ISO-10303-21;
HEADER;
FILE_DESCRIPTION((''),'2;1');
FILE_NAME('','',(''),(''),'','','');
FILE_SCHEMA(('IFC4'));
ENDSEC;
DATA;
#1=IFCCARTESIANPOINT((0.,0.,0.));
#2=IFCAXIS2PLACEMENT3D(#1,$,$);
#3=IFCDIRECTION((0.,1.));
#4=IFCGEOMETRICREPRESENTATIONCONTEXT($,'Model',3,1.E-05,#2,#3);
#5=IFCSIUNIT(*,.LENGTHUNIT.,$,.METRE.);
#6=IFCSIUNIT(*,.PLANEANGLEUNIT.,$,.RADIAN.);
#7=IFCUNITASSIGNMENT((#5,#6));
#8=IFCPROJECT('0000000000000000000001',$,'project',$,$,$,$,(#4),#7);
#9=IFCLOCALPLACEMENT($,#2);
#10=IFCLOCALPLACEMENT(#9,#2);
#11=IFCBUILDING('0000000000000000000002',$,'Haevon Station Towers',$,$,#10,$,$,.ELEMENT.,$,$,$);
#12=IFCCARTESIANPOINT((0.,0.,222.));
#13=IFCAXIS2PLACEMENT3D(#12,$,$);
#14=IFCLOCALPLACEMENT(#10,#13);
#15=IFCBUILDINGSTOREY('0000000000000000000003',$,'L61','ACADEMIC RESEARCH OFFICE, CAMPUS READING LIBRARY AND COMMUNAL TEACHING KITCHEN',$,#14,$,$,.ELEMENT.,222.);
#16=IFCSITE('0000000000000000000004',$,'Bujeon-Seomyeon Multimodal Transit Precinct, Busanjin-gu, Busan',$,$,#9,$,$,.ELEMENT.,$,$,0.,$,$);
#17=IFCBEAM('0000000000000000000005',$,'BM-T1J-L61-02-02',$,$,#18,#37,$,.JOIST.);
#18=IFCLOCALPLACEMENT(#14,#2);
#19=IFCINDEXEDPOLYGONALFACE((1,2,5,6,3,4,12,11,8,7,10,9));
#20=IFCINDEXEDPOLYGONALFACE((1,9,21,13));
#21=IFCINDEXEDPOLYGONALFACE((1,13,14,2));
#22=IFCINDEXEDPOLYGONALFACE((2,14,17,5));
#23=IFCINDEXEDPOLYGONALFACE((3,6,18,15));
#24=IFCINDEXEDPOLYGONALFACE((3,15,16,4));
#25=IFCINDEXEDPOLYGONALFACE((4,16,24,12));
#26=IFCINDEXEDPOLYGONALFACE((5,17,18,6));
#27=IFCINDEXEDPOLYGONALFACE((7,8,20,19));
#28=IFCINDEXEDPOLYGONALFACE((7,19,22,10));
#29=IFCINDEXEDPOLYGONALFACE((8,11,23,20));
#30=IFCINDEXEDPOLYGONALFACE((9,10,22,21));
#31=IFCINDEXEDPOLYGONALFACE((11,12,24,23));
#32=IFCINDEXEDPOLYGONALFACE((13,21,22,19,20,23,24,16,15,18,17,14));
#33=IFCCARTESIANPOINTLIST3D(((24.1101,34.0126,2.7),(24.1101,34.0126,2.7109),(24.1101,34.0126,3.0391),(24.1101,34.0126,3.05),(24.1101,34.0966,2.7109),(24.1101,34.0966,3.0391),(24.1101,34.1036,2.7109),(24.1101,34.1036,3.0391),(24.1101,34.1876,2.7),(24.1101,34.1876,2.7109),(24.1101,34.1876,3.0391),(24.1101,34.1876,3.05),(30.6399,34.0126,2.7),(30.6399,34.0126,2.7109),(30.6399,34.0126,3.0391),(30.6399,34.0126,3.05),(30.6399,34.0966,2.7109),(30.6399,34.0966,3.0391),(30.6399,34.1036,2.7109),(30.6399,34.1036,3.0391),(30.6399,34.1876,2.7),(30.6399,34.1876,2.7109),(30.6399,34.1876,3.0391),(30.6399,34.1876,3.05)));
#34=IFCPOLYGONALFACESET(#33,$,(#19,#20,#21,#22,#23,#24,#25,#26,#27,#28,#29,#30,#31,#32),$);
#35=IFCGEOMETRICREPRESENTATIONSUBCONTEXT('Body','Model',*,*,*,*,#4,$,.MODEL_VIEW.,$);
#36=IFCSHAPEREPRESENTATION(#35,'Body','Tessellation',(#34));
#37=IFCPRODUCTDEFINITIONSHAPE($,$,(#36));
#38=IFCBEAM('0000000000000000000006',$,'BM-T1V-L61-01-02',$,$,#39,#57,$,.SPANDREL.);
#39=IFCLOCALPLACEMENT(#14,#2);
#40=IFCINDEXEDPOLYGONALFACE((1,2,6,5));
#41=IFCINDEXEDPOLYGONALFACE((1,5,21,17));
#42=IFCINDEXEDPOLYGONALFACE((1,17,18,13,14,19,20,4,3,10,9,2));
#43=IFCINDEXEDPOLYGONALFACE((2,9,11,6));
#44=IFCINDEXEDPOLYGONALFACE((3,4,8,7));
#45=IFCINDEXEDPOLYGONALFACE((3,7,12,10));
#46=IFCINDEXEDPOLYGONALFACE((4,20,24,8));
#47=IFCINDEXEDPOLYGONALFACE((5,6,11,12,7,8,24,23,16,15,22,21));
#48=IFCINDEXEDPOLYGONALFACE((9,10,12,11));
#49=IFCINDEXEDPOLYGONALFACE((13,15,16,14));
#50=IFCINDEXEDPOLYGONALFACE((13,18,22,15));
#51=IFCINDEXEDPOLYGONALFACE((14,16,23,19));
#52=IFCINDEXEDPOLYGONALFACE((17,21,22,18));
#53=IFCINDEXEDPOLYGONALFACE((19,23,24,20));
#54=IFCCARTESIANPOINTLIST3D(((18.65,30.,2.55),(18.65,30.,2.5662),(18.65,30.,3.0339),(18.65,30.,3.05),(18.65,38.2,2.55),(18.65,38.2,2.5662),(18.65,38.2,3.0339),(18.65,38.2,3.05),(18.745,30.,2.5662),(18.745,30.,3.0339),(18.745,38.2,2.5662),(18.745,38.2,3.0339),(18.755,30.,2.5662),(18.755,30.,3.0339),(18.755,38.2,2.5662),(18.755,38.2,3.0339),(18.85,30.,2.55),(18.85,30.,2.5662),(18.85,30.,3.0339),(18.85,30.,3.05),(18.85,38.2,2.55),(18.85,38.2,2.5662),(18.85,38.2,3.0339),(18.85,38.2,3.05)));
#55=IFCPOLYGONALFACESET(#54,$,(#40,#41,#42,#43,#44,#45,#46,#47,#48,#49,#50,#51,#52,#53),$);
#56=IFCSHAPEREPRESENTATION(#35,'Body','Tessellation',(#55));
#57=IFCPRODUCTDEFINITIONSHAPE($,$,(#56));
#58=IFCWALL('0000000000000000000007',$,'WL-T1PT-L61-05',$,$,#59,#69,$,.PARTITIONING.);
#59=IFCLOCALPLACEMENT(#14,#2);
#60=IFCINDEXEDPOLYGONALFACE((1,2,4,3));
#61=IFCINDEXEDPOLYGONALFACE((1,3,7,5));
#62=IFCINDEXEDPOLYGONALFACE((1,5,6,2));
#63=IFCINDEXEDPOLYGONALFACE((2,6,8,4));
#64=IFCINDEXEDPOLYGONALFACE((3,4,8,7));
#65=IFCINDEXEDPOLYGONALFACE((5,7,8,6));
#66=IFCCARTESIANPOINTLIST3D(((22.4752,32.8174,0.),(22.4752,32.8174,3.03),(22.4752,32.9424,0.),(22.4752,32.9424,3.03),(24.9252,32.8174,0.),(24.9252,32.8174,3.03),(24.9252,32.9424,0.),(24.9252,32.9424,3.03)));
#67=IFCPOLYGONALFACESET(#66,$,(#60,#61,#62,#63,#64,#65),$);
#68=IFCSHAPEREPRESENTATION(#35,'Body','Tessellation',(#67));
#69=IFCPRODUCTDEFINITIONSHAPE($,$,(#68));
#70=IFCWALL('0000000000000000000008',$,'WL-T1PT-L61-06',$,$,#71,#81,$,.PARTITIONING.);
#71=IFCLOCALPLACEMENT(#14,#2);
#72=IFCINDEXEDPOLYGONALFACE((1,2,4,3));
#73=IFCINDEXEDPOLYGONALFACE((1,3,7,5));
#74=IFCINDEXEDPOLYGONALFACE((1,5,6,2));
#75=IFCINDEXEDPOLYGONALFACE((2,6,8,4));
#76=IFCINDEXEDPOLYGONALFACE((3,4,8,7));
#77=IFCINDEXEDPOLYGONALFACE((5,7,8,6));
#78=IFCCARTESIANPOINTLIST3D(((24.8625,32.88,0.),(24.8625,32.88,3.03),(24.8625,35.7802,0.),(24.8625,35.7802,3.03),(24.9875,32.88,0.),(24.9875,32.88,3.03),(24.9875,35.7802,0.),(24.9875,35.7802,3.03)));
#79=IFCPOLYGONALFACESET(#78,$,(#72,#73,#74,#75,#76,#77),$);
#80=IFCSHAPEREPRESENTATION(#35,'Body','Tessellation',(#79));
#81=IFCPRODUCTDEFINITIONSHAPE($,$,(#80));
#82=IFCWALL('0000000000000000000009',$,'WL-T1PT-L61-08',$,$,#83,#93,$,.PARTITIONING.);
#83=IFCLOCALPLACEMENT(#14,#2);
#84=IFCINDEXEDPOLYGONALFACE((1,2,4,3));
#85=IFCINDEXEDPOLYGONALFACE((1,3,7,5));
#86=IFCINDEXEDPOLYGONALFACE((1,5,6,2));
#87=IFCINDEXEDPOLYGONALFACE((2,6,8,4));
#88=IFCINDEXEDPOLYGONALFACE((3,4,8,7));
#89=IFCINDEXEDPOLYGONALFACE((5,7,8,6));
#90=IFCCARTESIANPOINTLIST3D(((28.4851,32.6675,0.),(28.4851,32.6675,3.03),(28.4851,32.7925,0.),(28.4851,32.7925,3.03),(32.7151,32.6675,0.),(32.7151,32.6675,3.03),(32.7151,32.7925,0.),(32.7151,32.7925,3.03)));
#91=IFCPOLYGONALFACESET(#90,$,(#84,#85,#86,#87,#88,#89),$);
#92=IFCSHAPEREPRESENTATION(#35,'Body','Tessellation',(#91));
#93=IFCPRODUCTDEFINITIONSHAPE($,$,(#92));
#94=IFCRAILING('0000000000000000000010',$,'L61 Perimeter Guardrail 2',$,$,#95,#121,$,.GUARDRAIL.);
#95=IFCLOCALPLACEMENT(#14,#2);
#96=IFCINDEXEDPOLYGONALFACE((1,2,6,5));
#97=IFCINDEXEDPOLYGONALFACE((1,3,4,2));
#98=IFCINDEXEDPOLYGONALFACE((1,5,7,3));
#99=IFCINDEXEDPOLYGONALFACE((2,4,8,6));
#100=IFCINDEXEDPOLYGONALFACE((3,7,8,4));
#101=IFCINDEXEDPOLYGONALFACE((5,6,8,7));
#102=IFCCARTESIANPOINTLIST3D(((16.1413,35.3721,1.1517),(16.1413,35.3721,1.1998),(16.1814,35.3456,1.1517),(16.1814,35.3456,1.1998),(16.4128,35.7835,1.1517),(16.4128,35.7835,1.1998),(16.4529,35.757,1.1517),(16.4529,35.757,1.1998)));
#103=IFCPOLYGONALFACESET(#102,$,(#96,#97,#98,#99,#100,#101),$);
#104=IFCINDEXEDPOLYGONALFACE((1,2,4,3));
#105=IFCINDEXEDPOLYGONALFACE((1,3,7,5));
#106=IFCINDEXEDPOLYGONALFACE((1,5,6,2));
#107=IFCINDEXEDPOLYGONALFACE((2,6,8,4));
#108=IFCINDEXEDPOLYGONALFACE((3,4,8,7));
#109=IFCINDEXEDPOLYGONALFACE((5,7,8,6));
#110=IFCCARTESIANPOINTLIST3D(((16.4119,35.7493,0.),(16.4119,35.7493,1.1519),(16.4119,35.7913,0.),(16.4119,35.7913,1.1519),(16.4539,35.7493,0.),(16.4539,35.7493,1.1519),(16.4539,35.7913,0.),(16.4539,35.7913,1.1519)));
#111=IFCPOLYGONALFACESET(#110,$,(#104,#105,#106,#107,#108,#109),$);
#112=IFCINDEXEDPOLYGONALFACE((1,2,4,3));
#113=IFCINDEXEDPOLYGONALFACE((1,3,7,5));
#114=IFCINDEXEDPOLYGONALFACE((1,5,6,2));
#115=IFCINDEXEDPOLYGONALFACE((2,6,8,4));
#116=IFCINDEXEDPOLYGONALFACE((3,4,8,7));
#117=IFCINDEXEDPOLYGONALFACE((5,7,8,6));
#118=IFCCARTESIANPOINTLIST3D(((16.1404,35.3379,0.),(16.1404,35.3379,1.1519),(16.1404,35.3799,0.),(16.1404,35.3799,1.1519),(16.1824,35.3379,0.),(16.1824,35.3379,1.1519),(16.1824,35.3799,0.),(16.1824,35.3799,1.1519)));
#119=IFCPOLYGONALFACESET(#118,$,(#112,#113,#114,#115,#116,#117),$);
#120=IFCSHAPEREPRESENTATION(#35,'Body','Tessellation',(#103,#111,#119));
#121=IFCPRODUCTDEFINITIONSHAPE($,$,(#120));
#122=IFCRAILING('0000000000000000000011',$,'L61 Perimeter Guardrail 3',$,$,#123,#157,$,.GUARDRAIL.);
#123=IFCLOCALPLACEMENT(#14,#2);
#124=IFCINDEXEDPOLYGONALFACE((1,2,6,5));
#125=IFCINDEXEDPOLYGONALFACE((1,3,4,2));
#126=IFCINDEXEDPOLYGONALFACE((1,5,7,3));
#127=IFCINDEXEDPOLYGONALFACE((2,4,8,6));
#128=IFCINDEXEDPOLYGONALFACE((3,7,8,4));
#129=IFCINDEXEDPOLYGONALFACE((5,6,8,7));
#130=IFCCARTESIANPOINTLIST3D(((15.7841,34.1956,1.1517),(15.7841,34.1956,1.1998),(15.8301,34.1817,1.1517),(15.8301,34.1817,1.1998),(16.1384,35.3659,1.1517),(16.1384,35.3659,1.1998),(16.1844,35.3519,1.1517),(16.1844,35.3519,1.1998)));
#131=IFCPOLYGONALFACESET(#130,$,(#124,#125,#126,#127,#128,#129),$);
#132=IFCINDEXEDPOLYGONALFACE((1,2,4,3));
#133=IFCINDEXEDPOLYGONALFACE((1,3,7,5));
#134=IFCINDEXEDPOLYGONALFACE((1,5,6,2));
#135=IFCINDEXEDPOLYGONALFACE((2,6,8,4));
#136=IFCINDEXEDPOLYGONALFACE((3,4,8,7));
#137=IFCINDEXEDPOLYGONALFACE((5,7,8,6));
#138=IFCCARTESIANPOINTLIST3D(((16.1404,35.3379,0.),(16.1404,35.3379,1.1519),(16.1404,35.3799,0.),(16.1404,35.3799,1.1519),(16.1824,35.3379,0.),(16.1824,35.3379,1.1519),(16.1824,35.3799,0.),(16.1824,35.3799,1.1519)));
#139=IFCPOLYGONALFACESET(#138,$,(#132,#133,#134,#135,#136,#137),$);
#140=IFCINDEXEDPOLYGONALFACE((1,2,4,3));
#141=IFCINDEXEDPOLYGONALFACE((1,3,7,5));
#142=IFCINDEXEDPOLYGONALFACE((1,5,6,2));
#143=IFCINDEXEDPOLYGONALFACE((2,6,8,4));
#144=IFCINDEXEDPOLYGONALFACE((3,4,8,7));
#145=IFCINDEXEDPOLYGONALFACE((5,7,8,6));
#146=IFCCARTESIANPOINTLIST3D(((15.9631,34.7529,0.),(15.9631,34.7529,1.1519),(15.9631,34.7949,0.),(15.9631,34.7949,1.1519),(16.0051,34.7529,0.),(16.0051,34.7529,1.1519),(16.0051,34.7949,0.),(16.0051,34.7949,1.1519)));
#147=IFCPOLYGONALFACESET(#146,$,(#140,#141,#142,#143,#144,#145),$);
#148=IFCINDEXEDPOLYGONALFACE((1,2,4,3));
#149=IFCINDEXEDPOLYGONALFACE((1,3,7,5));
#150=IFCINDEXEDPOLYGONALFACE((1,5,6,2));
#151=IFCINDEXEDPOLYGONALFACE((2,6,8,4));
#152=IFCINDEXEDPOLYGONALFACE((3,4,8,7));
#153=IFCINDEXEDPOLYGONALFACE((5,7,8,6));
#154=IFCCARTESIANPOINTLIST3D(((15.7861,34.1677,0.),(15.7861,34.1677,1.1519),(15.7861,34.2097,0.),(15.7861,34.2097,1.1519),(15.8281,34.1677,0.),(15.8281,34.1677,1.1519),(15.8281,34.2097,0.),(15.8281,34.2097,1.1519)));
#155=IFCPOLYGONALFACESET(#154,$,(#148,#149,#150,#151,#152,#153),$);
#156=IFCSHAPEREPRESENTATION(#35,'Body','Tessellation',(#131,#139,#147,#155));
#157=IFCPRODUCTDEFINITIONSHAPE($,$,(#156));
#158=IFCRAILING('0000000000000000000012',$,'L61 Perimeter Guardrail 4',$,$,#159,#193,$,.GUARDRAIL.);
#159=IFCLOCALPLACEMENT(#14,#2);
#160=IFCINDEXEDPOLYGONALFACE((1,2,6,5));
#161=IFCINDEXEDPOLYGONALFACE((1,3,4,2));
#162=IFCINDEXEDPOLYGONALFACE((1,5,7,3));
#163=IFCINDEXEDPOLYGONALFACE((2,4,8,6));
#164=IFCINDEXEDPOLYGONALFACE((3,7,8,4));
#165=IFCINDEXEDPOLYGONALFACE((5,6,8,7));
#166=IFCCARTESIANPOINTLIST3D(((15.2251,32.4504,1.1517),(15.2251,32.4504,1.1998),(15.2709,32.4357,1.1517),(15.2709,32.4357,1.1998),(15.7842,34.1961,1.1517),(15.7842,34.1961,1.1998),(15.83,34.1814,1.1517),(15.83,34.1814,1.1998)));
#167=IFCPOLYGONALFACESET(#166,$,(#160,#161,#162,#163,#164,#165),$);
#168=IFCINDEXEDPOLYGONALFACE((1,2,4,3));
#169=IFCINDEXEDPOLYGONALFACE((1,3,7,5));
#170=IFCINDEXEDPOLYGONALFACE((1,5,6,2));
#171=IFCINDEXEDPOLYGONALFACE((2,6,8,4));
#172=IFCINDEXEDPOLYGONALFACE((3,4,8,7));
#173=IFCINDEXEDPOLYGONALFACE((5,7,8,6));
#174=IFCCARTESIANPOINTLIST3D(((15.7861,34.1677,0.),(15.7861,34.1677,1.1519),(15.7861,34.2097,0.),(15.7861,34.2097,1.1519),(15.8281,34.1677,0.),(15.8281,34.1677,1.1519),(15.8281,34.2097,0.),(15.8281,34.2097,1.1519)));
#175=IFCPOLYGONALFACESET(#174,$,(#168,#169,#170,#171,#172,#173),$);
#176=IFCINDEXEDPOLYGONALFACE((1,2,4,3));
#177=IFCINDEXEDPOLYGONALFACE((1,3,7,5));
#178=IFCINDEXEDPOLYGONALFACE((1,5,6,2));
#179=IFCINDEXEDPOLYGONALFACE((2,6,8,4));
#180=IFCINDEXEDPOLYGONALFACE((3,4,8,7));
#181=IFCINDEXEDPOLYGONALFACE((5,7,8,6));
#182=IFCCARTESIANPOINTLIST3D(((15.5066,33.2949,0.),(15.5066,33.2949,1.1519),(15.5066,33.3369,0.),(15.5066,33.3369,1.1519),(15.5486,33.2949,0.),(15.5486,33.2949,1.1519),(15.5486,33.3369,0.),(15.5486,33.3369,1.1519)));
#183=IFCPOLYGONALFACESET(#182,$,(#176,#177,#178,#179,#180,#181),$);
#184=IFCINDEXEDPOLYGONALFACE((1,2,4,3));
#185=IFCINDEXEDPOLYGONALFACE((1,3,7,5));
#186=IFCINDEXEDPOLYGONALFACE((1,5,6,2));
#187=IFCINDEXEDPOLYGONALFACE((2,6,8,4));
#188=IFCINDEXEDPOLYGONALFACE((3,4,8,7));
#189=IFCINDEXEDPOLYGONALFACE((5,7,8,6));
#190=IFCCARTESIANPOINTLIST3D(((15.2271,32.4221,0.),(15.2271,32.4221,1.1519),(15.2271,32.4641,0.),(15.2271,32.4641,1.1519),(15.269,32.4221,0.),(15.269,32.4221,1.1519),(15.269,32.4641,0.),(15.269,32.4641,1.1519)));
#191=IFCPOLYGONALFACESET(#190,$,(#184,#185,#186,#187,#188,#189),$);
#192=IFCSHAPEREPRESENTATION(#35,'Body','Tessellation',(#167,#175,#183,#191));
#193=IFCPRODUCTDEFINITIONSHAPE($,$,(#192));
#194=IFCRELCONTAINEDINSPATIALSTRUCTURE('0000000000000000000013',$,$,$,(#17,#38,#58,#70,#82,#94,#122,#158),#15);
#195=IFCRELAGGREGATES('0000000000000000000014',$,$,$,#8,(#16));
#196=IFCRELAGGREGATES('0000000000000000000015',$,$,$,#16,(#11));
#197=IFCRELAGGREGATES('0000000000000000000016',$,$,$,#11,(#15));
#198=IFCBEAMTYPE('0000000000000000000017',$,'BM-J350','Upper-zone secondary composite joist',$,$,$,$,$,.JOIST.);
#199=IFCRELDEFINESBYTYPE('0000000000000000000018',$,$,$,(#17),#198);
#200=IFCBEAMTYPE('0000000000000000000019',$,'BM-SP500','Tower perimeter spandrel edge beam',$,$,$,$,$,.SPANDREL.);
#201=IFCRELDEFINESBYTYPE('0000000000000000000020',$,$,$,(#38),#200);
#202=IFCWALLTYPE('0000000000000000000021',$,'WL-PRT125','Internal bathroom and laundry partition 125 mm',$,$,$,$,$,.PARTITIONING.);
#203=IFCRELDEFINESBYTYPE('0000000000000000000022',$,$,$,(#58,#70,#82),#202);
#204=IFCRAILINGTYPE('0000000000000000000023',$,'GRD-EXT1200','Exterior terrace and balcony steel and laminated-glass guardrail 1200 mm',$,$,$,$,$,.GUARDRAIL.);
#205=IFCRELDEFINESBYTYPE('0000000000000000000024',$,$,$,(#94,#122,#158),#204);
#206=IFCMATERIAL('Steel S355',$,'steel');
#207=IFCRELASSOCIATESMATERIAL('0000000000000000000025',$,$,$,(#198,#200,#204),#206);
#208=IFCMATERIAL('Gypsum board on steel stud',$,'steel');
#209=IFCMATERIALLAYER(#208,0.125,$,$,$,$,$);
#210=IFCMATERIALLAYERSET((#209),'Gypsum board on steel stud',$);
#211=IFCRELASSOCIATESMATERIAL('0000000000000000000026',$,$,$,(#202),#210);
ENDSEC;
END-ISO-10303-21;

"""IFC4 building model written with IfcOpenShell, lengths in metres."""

from ifc_helpers import new_model, si_unit, direction, frame, frame_2d, origin, origin_2d, place, context, subcontext, project, spatial, rectangle, i_section, extrude, material, layer, layer_set, material_profile, profile_set, type_object, element, save


model = new_model("IFC4")

# Units and contexts
model_context = context("Model", 3, precision=1e-05, world=origin(), true_north=direction((0.0, 1.0)))
body_context = subcontext(model_context, "Body", "Model", "MODEL_VIEW")
ifc_project = project(units=[si_unit("LENGTHUNIT", "METRE"), si_unit("PLANEANGLEUNIT", "RADIAN")], contexts=[model_context])

# Site, building, storey
site_placement = place(None, origin())
site = spatial("IfcSite", under=ifc_project, at=site_placement, Name="Bujeon-Seomyeon Multimodal Transit Precinct, Busanjin-gu, Busan", CompositionType="ELEMENT", RefElevation=0.0)
building_placement = place(site_placement, origin())
building = spatial("IfcBuilding", under=site, at=building_placement, Name="Haevon Station Towers", CompositionType="ELEMENT")
storey_placement = place(building_placement, frame((0.0, 0.0, 222.0)))
storey = spatial("IfcBuildingStorey", under=building, at=storey_placement, Name="L61", Description="ACADEMIC RESEARCH OFFICE, CAMPUS READING LIBRARY AND COMMUNAL TEACHING KITCHEN", CompositionType="ELEMENT", Elevation=222.0)

# Shared definitions
ifc_material_1 = material(Name="Steel S355", Category="steel")

# Beams
ifc_material_profile_1 = material_profile(ifc_material_1, i_section(OverallWidth=0.175, OverallDepth=0.3501, WebThickness=0.0071, FlangeThickness=0.011, at=origin_2d()), Name="H-350x175x7x11")
ifc_profile_set_1 = profile_set([ifc_material_profile_1], Name="Steel S355")
beam_type_1 = type_object("IfcBeamType", Name="BM-J350", Description="Upper-zone secondary composite joist", PredefinedType="JOIST", material=ifc_profile_set_1)
beam_1_placement = place(storey_placement, frame((24.1101, 34.1001, 2.875), z_axis=(1.0, 0.0, 0.0), x_axis=(0.0, 1.0, 0.0)))
element("IfcBeam", 1, at=beam_1_placement, inside=storey, type_object=beam_type_1, Name="BM-T1J-L61-02-02", PredefinedType="JOIST", context=body_context, shape_type="SweptSolid", body=[
    extrude(i_section(OverallWidth=0.175, OverallDepth=0.3501, WebThickness=0.0071, FlangeThickness=0.011, at=origin_2d()), origin(), (0.0, 0.0, 1.0), 6.5298),
])
ifc_material_profile_2 = material_profile(ifc_material_1, i_section(OverallWidth=0.2, OverallDepth=0.5, WebThickness=0.01, FlangeThickness=0.0161, at=origin_2d()), Name="H-500x200x10x16")
ifc_profile_set_2 = profile_set([ifc_material_profile_2], Name="Steel S355")
beam_type_2 = type_object("IfcBeamType", Name="BM-SP500", Description="Tower perimeter spandrel edge beam", PredefinedType="SPANDREL", material=ifc_profile_set_2)
beam_2_placement = place(storey_placement, frame((18.75, 30.0, 2.8), z_axis=(0.0, 1.0, 0.0), x_axis=(-1.0, 0.0, 0.0)))
element("IfcBeam", 2, at=beam_2_placement, inside=storey, type_object=beam_type_2, Name="BM-T1V-L61-01-02", PredefinedType="SPANDREL", context=body_context, shape_type="SweptSolid", body=[
    extrude(i_section(OverallWidth=0.2, OverallDepth=0.5, WebThickness=0.01, FlangeThickness=0.0161, at=origin_2d()), origin(), (0.0, 0.0, 1.0), 8.2),
])

# Walls
ifc_material_2 = material(Name="Gypsum board on steel stud", Category="steel")
ifc_layer = layer(ifc_material_2, 0.125)
ifc_layer_set = layer_set([ifc_layer], Name="Gypsum board on steel stud")
wall_type = type_object("IfcWallType", Name="WL-PRT125", Description="Internal bathroom and laundry partition 125 mm", PredefinedType="PARTITIONING", material=ifc_layer_set)
wall_1_placement = place(storey_placement, frame((22.4751, 32.8799, 0.0), z_axis=(0.0, 0.0, 1.0), x_axis=(1.0, 0.0, 0.0)))
element("IfcWall", 3, at=wall_1_placement, inside=storey, type_object=wall_type, Name="WL-T1PT-L61-05", PredefinedType="PARTITIONING", context=body_context, shape_type="SweptSolid", body=[
    extrude(rectangle(XDim=2.45, YDim=0.125, at=frame_2d((1.2251, 0.0))), origin(), (0.0, 0.0, 1.0), 3.03),
])
wall_2_placement = place(storey_placement, frame((24.925, 32.8799, 0.0), z_axis=(0.0, 0.0, 1.0), x_axis=(0.0, 1.0, 0.0)))
element("IfcWall", 4, at=wall_2_placement, inside=storey, type_object=wall_type, Name="WL-T1PT-L61-06", PredefinedType="PARTITIONING", context=body_context, shape_type="SweptSolid", body=[
    extrude(rectangle(XDim=2.9001, YDim=0.125, at=frame_2d((1.4502, 0.0))), origin(), (0.0, 0.0, 1.0), 3.03),
])
wall_3_placement = place(storey_placement, frame((28.4851, 32.73, 0.0), z_axis=(0.0, 0.0, 1.0), x_axis=(1.0, 0.0, 0.0)))
element("IfcWall", 5, at=wall_3_placement, inside=storey, type_object=wall_type, Name="WL-T1PT-L61-08", PredefinedType="PARTITIONING", context=body_context, shape_type="SweptSolid", body=[
    extrude(rectangle(XDim=4.23, YDim=0.125, at=frame_2d((2.115, 0.0))), origin(), (0.0, 0.0, 1.0), 3.03),
])

# Railings
railing_type = type_object("IfcRailingType", Name="GRD-EXT1200", Description="Exterior terrace and balcony steel and laminated-glass guardrail 1200 mm", PredefinedType="GUARDRAIL", material=ifc_material_1)
railing_1_placement = place(storey_placement, frame((16.4329, 35.7703, 0.0)))
element("IfcRailing", 6, at=railing_1_placement, inside=storey, type_object=railing_type, Name="L61 Perimeter Guardrail 2", PredefinedType="GUARDRAIL", context=body_context, shape_type="SweptSolid", body=[
    extrude(rectangle(XDim=0.0481, YDim=0.0481, at=origin_2d()), frame((0.0, 0.0, 1.1758), z_axis=(-0.550808, -0.834632, 0.0), x_axis=(0.834632, -0.550808, 0.0)), (0.0, 0.0, 1.0), 0.4929),
    extrude(rectangle(XDim=0.042, YDim=0.042, at=origin_2d()), origin(), (0.0, 0.0, 1.0), 1.1519),
    extrude(rectangle(XDim=0.042, YDim=0.042, at=origin_2d()), frame((-0.2715, -0.4114, 0.0)), (0.0, 0.0, 1.0), 1.1519),
])
railing_2_placement = place(storey_placement, frame((16.1614, 35.3589, 0.0)))
element("IfcRailing", 7, at=railing_2_placement, inside=storey, type_object=railing_type, Name="L61 Perimeter Guardrail 3", PredefinedType="GUARDRAIL", context=body_context, shape_type="SweptSolid", body=[
    extrude(rectangle(XDim=0.0481, YDim=0.0481, at=origin_2d()), frame((0.0, 0.0, 1.1758), z_axis=(-0.289747, -0.957103, 0.0), x_axis=(0.957103, -0.289747, 0.0)), (0.0, 0.0, 1.0), 1.2227),
    extrude(rectangle(XDim=0.042, YDim=0.042, at=origin_2d()), origin(), (0.0, 0.0, 1.0), 1.1519),
    extrude(rectangle(XDim=0.042, YDim=0.042, at=origin_2d()), frame((-0.1772, -0.585, 0.0)), (0.0, 0.0, 1.0), 1.1519),
    extrude(rectangle(XDim=0.042, YDim=0.042, at=origin_2d()), frame((-0.3542, -1.1702, 0.0)), (0.0, 0.0, 1.0), 1.1519),
])
railing_3_placement = place(storey_placement, frame((15.8071, 34.1887, 0.0)))
element("IfcRailing", 8, at=railing_3_placement, inside=storey, type_object=railing_type, Name="L61 Perimeter Guardrail 4", PredefinedType="GUARDRAIL", context=body_context, shape_type="SweptSolid", body=[
    extrude(rectangle(XDim=0.0481, YDim=0.0481, at=origin_2d()), frame((0.0, 0.0, 1.1758), z_axis=(-0.305017, -0.952347, 0.0), x_axis=(0.952347, -0.305017, 0.0)), (0.0, 0.0, 1.0), 1.833),
    extrude(rectangle(XDim=0.042, YDim=0.042, at=origin_2d()), origin(), (0.0, 0.0, 1.0), 1.1519),
    extrude(rectangle(XDim=0.042, YDim=0.042, at=origin_2d()), frame((-0.2795, -0.8728, 0.0)), (0.0, 0.0, 1.0), 1.1519),
    extrude(rectangle(XDim=0.042, YDim=0.042, at=origin_2d()), frame((-0.5591, -1.7456, 0.0)), (0.0, 0.0, 1.0), 1.1519),
])

save(model, "model.ifc")
